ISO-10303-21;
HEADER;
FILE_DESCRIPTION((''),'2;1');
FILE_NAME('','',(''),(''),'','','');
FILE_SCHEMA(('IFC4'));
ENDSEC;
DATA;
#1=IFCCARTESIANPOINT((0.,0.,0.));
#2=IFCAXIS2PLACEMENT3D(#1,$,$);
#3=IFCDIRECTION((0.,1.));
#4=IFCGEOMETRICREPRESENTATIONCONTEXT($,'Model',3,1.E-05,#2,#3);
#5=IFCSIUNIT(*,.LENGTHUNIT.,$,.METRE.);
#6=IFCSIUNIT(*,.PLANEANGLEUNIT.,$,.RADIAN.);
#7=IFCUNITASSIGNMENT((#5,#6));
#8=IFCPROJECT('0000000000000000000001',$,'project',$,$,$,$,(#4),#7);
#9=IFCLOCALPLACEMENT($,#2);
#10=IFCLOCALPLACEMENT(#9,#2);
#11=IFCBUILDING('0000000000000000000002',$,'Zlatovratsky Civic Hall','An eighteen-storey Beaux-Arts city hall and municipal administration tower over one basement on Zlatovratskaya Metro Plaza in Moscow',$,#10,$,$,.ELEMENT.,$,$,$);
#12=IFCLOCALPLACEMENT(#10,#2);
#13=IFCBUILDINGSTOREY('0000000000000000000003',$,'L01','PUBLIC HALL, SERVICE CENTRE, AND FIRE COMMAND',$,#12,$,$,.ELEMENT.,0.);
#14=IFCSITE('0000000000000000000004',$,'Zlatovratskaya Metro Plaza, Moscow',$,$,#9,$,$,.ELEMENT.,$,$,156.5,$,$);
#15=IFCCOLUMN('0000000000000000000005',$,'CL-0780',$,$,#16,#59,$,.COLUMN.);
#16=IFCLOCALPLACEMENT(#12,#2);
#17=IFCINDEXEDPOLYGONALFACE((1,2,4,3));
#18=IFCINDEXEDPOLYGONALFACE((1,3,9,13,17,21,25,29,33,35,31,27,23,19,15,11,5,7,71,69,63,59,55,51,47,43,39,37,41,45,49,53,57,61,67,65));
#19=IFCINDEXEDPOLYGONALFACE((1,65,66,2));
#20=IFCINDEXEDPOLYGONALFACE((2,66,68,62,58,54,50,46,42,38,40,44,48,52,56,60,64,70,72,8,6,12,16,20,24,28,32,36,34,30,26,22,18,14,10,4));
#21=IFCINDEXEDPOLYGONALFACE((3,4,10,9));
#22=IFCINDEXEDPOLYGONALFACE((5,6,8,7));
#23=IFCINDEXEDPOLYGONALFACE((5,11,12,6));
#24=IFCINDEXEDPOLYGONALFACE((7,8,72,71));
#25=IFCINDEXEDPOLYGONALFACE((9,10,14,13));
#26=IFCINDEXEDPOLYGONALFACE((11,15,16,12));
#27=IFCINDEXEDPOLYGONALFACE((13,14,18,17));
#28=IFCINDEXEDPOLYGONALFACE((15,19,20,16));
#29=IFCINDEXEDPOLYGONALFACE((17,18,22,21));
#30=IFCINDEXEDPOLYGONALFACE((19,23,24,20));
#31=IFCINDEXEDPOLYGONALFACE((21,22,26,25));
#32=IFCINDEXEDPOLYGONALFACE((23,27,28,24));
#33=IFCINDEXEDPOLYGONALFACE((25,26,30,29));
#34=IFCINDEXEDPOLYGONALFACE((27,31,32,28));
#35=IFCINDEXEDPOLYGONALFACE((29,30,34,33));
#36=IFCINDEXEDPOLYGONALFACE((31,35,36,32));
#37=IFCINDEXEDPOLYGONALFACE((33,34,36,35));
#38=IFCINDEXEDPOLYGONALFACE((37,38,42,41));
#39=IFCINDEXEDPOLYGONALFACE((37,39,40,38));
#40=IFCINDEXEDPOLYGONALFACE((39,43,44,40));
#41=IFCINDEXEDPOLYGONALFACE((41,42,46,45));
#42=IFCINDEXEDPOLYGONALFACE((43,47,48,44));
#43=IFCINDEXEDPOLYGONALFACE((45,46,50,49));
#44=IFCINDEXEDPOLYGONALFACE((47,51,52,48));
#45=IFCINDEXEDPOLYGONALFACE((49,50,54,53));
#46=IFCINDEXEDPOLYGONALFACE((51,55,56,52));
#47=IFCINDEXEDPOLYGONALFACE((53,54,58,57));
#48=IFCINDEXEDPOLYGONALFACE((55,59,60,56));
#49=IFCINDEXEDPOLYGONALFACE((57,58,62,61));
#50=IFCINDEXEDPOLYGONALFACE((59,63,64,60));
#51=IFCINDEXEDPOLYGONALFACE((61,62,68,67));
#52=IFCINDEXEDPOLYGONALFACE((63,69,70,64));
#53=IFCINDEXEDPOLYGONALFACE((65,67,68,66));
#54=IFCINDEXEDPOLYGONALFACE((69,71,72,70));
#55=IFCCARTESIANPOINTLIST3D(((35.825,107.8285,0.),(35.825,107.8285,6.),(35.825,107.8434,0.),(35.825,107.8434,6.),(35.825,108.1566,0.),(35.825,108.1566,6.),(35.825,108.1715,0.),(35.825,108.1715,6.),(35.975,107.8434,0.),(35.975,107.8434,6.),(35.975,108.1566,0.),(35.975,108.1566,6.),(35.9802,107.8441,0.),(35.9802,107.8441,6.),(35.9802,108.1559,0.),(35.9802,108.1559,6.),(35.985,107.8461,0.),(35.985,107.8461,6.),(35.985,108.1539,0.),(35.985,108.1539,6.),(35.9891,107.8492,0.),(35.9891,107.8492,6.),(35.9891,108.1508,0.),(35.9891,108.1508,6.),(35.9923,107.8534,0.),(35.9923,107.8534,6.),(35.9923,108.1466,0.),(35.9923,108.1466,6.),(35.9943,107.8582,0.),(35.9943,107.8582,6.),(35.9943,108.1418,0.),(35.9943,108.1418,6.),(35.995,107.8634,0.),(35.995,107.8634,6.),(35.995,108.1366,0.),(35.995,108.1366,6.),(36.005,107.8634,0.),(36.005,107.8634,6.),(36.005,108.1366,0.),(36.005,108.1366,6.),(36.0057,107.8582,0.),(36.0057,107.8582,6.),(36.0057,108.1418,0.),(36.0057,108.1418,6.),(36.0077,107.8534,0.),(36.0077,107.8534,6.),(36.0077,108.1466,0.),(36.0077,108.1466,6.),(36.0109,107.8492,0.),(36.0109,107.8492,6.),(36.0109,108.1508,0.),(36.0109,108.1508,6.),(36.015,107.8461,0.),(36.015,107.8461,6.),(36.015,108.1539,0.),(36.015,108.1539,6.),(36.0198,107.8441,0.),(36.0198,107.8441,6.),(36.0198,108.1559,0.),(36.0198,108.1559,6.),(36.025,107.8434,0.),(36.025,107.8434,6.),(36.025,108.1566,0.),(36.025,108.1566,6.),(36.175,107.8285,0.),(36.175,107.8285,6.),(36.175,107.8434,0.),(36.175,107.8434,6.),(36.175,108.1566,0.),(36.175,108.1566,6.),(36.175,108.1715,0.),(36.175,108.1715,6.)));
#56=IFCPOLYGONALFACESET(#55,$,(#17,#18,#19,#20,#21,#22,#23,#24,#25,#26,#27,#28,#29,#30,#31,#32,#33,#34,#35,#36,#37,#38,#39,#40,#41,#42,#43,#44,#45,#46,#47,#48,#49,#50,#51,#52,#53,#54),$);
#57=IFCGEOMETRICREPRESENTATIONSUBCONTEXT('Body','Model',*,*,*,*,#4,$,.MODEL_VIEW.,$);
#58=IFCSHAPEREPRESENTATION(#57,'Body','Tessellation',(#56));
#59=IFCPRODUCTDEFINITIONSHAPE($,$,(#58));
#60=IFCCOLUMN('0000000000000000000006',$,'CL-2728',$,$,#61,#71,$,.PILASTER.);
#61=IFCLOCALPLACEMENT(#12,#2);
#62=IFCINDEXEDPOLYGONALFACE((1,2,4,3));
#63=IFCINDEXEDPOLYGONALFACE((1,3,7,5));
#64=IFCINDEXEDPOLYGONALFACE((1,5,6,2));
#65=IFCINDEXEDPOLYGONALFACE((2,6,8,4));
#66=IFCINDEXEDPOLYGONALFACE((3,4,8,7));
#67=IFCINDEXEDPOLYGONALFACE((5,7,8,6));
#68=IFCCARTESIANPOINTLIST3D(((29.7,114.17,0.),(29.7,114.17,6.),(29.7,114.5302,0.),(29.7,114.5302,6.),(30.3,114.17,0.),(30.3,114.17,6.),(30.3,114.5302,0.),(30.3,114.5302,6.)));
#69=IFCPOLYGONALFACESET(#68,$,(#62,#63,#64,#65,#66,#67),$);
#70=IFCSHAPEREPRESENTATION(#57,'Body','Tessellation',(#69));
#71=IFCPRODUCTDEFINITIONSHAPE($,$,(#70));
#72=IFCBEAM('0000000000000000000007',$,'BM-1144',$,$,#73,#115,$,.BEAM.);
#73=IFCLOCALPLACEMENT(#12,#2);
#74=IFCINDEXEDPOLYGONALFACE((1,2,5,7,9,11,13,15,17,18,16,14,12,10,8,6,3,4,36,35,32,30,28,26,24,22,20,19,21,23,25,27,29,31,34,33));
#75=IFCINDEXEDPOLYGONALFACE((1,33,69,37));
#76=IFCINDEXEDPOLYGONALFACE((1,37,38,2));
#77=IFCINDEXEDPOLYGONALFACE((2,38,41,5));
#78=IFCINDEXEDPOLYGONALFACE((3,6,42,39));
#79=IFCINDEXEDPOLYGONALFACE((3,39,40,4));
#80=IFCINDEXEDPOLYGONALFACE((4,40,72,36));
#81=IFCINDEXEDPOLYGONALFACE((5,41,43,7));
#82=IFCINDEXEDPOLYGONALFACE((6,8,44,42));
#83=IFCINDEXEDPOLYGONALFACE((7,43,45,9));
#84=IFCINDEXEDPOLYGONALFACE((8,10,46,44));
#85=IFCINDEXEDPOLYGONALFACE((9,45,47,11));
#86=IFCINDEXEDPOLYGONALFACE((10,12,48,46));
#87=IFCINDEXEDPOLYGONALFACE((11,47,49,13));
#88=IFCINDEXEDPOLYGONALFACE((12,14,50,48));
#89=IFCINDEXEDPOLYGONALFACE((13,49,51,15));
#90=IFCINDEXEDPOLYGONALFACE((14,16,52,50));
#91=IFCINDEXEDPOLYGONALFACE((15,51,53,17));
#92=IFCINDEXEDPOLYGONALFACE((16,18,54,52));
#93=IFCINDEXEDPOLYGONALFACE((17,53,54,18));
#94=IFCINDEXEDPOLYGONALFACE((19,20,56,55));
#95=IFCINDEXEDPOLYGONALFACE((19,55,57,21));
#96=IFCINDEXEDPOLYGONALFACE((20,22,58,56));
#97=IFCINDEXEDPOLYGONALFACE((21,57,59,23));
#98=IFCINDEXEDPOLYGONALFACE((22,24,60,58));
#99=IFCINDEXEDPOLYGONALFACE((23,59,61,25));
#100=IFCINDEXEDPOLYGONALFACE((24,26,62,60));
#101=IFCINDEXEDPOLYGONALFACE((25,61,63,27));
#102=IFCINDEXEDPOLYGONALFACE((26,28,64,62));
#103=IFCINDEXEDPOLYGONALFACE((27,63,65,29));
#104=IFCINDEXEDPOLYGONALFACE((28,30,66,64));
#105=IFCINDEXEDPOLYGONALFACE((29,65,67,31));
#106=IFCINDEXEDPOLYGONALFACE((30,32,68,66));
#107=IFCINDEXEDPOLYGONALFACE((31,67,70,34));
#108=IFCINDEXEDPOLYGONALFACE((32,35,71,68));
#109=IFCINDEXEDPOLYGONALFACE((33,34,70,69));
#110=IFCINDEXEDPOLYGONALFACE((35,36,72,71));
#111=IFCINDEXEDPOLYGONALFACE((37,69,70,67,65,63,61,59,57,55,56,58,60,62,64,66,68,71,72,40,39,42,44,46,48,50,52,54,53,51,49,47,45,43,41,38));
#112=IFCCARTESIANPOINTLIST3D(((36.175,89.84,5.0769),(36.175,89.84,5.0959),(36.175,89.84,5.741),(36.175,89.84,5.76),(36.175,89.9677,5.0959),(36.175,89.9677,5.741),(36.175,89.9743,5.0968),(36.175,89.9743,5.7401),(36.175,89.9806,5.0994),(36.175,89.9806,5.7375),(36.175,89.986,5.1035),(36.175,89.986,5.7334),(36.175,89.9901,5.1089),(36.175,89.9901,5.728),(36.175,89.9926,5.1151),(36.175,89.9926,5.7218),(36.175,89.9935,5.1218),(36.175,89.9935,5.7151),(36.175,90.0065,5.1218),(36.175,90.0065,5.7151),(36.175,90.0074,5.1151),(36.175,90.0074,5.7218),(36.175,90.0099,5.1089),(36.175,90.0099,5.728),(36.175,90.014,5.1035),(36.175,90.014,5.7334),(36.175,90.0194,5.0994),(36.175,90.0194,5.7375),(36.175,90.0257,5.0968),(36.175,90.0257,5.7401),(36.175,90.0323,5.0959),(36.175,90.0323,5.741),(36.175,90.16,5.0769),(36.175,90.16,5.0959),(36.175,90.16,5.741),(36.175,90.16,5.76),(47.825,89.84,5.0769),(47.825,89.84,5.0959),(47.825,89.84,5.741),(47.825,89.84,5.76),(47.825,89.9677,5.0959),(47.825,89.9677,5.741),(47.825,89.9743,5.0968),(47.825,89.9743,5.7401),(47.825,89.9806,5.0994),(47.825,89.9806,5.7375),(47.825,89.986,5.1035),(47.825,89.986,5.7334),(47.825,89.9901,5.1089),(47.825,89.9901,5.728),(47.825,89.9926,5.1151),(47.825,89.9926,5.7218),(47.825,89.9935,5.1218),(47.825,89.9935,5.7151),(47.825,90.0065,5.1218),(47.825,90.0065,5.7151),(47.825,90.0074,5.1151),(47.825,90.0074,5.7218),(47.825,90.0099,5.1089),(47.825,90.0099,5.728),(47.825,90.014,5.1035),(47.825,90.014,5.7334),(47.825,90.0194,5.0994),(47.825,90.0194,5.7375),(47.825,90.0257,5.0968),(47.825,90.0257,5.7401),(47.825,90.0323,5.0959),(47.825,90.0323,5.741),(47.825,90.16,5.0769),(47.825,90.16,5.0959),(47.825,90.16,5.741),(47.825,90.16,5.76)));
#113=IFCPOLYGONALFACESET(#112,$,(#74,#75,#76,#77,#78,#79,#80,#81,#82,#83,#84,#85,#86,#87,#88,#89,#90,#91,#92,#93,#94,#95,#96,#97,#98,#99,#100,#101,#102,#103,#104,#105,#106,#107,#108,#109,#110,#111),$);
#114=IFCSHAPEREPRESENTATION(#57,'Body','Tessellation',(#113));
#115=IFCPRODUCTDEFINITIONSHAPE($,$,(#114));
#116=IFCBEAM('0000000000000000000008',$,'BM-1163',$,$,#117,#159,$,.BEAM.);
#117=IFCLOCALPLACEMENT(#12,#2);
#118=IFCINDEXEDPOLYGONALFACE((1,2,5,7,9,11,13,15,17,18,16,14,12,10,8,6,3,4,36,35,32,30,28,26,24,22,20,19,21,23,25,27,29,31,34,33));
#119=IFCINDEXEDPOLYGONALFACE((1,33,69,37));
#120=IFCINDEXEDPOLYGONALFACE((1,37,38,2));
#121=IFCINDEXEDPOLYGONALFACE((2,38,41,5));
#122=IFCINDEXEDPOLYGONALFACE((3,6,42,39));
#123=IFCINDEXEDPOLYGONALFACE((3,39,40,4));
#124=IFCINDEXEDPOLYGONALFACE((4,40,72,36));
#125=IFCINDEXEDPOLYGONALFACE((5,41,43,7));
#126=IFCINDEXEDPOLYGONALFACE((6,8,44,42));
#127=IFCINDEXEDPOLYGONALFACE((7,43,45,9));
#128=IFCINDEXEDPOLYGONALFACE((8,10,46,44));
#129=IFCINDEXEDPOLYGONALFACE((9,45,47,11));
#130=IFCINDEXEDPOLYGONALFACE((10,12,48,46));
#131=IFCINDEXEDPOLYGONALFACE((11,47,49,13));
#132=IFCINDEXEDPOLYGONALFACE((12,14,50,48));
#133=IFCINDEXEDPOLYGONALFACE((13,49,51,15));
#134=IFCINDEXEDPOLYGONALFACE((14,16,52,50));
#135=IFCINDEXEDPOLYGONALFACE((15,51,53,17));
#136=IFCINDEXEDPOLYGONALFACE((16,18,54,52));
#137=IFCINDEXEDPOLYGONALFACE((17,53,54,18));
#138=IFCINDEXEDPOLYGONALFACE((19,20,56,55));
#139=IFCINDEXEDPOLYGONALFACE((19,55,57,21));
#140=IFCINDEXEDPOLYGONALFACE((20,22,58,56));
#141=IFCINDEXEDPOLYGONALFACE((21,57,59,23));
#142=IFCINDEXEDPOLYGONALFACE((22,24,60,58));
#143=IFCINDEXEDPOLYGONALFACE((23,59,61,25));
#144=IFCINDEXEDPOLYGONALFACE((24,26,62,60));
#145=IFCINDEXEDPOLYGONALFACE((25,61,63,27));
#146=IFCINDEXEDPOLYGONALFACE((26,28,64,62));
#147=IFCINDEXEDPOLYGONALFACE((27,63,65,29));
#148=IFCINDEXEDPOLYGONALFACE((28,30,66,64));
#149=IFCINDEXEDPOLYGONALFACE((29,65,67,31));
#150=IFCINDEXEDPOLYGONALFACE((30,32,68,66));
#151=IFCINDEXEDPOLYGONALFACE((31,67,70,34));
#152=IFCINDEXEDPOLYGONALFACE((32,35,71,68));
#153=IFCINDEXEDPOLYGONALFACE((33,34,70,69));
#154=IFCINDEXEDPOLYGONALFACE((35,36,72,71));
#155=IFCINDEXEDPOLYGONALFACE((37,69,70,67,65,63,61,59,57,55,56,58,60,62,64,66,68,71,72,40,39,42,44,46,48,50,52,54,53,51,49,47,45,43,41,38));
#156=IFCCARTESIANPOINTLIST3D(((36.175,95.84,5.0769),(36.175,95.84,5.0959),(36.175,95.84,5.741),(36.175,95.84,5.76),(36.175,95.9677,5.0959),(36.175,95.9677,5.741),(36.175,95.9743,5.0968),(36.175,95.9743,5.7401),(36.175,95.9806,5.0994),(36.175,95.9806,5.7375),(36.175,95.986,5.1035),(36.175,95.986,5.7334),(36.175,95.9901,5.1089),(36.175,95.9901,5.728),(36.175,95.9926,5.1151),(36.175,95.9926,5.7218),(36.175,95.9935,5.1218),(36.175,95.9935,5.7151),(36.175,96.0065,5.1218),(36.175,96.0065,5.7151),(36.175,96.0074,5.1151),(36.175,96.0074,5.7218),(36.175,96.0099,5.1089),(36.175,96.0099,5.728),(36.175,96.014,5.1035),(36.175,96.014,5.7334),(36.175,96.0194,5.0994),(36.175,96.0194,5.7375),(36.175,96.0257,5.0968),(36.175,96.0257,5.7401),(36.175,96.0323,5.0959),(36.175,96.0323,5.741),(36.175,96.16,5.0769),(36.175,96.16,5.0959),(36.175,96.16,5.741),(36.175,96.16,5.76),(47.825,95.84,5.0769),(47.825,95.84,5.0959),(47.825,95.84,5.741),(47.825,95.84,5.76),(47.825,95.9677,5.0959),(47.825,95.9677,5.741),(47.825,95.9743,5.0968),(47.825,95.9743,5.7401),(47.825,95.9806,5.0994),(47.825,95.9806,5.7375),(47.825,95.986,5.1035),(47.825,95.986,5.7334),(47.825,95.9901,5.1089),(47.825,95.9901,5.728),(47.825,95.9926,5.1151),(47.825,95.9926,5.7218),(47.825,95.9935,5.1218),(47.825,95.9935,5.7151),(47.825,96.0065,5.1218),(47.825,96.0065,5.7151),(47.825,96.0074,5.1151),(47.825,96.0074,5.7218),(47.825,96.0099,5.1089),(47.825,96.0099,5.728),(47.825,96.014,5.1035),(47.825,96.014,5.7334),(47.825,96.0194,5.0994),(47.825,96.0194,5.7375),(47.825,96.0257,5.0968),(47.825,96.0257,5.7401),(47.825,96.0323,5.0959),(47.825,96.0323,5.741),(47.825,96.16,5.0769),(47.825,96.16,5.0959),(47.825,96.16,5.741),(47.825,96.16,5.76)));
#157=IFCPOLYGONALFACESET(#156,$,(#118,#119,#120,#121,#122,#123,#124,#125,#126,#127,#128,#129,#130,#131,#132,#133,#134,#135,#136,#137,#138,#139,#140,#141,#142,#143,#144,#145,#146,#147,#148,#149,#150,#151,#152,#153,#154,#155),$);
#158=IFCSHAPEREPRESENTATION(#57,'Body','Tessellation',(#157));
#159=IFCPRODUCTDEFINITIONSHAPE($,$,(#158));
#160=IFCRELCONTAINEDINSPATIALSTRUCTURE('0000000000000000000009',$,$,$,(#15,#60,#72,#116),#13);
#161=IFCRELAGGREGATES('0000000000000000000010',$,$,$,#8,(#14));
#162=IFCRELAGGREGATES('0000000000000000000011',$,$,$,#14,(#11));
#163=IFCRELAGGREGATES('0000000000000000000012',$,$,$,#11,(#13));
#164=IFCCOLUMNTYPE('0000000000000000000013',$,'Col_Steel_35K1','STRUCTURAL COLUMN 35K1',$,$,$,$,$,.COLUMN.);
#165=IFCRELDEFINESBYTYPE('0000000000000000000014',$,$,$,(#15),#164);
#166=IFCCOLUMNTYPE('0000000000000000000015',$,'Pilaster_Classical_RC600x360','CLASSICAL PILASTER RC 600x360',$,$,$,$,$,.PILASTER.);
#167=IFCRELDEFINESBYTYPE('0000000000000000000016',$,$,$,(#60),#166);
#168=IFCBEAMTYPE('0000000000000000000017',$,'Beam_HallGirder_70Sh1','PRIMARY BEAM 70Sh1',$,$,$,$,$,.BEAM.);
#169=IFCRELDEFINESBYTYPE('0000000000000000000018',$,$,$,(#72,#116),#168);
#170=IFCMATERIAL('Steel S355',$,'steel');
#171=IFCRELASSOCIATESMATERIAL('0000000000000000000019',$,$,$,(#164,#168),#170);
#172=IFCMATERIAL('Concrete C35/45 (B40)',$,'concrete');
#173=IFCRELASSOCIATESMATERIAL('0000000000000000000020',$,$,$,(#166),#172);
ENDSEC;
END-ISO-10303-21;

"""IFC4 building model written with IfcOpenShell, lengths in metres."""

from ifc_helpers import new_model, si_unit, direction, frame, origin, origin_2d, place, context, subcontext, project, spatial, rectangle, i_section, extrude, material, material_profile, profile_set, type_object, element, save


model = new_model("IFC4")

# Units and contexts
model_context = context("Model", 3, precision=1e-05, world=origin(), true_north=direction((0.0, 1.0)))
body_context = subcontext(model_context, "Body", "Model", "MODEL_VIEW")
ifc_project = project(units=[si_unit("LENGTHUNIT", "METRE"), si_unit("PLANEANGLEUNIT", "RADIAN")], contexts=[model_context])

# Site, building, storey
site_placement = place(None, origin())
site = spatial("IfcSite", under=ifc_project, at=site_placement, Name="Zlatovratskaya Metro Plaza, Moscow", CompositionType="ELEMENT", RefElevation=156.5)
building_placement = place(site_placement, origin())
building = spatial("IfcBuilding", under=site, at=building_placement, Name="Zlatovratsky Civic Hall", Description="An eighteen-storey Beaux-Arts city hall and municipal administration tower over one basement on Zlatovratskaya Metro Plaza in Moscow", CompositionType="ELEMENT")
storey_placement = place(building_placement, origin())
storey = spatial("IfcBuildingStorey", under=building, at=storey_placement, Name="L01", Description="PUBLIC HALL, SERVICE CENTRE, AND FIRE COMMAND", CompositionType="ELEMENT", Elevation=0.0)

# Columns
ifc_material_1 = material(Name="Concrete C35/45 (B40)", Category="concrete")
ifc_material_2 = material(Name="Steel S355", Category="steel")
ifc_material_profile_1 = material_profile(ifc_material_2, i_section(OverallWidth=0.3501, OverallDepth=0.343, WebThickness=0.01, FlangeThickness=0.0149, FilletRadius=0.02, at=origin_2d()), Name="35K1")
ifc_profile_set_1 = profile_set([ifc_material_profile_1], Name="Steel S355")
column_type_1 = type_object("IfcColumnType", Name="Col_Steel_35K1", Description="STRUCTURAL COLUMN 35K1", PredefinedType="COLUMN", material=ifc_profile_set_1)
for number, where, z_axis, x_axis, name in (
    (1, (36.0, 108.0, 0.0), (0.0, 0.0, 1.0), (1.0, 0.0, 0.0), "CL-0780"),
):
    element("IfcColumn", number, at=place(storey_placement, frame(where, z_axis=z_axis, x_axis=x_axis)), inside=storey, type_object=column_type_1, Name=name, PredefinedType="COLUMN", context=body_context, shape_type="SweptSolid", body=[
        extrude(i_section(OverallWidth=0.3501, OverallDepth=0.343, WebThickness=0.01, FlangeThickness=0.0149, FilletRadius=0.02, at=origin_2d()), origin(), (0.0, 0.0, 1.0), 6.0),
    ])
ifc_material_profile_2 = material_profile(ifc_material_1, rectangle(XDim=0.6001, YDim=0.3601, at=origin_2d()), Name="RC 600x360")
ifc_profile_set_2 = profile_set([ifc_material_profile_2], Name="Concrete C35/45 (B40)")
column_type_2 = type_object("IfcColumnType", Name="Pilaster_Classical_RC600x360", Description="CLASSICAL PILASTER RC 600x360", PredefinedType="PILASTER", material=ifc_profile_set_2)
column_1_placement = place(storey_placement, frame((30.0, 114.3501, 0.0), z_axis=(0.0, 0.0, 1.0), x_axis=(1.0, 0.0, 0.0)))
element("IfcColumn", 2, at=column_1_placement, inside=storey, type_object=column_type_2, Name="CL-2728", PredefinedType="PILASTER", context=body_context, shape_type="SweptSolid", body=[
    extrude(rectangle(XDim=0.6001, YDim=0.3601, at=origin_2d()), origin(), (0.0, 0.0, 1.0), 6.0),
])

# Beams
ifc_material_profile_3 = material_profile(ifc_material_2, i_section(OverallWidth=0.3201, OverallDepth=0.6831, WebThickness=0.0129, FlangeThickness=0.019, FilletRadius=0.0259, at=origin_2d()), Name="70Sh1")
ifc_profile_set_3 = profile_set([ifc_material_profile_3], Name="Steel S355")
beam_type_1 = type_object("IfcBeamType", Name="Beam_HallGirder_70Sh1", Description="PRIMARY BEAM 70Sh1", PredefinedType="BEAM", material=ifc_profile_set_3)
for number, where, z_axis, x_axis, name in (
    (3, (36.175, 90.0, 5.4185), (1.0, 0.0, 0.0), (0.0, 1.0, 0.0), "BM-1144"),
    (4, (36.175, 96.0, 5.4185), (1.0, 0.0, 0.0), (0.0, 1.0, 0.0), "BM-1163"),
):
    element("IfcBeam", number, at=place(storey_placement, frame(where, z_axis=z_axis, x_axis=x_axis)), inside=storey, type_object=beam_type_1, Name=name, PredefinedType="BEAM", context=body_context, shape_type="SweptSolid", body=[
        extrude(i_section(OverallWidth=0.3201, OverallDepth=0.6831, WebThickness=0.0129, FlangeThickness=0.019, FilletRadius=0.0259, at=origin_2d()), origin(), (0.0, 0.0, 1.0), 11.6499),
    ])

save(model, "model.ifc")
